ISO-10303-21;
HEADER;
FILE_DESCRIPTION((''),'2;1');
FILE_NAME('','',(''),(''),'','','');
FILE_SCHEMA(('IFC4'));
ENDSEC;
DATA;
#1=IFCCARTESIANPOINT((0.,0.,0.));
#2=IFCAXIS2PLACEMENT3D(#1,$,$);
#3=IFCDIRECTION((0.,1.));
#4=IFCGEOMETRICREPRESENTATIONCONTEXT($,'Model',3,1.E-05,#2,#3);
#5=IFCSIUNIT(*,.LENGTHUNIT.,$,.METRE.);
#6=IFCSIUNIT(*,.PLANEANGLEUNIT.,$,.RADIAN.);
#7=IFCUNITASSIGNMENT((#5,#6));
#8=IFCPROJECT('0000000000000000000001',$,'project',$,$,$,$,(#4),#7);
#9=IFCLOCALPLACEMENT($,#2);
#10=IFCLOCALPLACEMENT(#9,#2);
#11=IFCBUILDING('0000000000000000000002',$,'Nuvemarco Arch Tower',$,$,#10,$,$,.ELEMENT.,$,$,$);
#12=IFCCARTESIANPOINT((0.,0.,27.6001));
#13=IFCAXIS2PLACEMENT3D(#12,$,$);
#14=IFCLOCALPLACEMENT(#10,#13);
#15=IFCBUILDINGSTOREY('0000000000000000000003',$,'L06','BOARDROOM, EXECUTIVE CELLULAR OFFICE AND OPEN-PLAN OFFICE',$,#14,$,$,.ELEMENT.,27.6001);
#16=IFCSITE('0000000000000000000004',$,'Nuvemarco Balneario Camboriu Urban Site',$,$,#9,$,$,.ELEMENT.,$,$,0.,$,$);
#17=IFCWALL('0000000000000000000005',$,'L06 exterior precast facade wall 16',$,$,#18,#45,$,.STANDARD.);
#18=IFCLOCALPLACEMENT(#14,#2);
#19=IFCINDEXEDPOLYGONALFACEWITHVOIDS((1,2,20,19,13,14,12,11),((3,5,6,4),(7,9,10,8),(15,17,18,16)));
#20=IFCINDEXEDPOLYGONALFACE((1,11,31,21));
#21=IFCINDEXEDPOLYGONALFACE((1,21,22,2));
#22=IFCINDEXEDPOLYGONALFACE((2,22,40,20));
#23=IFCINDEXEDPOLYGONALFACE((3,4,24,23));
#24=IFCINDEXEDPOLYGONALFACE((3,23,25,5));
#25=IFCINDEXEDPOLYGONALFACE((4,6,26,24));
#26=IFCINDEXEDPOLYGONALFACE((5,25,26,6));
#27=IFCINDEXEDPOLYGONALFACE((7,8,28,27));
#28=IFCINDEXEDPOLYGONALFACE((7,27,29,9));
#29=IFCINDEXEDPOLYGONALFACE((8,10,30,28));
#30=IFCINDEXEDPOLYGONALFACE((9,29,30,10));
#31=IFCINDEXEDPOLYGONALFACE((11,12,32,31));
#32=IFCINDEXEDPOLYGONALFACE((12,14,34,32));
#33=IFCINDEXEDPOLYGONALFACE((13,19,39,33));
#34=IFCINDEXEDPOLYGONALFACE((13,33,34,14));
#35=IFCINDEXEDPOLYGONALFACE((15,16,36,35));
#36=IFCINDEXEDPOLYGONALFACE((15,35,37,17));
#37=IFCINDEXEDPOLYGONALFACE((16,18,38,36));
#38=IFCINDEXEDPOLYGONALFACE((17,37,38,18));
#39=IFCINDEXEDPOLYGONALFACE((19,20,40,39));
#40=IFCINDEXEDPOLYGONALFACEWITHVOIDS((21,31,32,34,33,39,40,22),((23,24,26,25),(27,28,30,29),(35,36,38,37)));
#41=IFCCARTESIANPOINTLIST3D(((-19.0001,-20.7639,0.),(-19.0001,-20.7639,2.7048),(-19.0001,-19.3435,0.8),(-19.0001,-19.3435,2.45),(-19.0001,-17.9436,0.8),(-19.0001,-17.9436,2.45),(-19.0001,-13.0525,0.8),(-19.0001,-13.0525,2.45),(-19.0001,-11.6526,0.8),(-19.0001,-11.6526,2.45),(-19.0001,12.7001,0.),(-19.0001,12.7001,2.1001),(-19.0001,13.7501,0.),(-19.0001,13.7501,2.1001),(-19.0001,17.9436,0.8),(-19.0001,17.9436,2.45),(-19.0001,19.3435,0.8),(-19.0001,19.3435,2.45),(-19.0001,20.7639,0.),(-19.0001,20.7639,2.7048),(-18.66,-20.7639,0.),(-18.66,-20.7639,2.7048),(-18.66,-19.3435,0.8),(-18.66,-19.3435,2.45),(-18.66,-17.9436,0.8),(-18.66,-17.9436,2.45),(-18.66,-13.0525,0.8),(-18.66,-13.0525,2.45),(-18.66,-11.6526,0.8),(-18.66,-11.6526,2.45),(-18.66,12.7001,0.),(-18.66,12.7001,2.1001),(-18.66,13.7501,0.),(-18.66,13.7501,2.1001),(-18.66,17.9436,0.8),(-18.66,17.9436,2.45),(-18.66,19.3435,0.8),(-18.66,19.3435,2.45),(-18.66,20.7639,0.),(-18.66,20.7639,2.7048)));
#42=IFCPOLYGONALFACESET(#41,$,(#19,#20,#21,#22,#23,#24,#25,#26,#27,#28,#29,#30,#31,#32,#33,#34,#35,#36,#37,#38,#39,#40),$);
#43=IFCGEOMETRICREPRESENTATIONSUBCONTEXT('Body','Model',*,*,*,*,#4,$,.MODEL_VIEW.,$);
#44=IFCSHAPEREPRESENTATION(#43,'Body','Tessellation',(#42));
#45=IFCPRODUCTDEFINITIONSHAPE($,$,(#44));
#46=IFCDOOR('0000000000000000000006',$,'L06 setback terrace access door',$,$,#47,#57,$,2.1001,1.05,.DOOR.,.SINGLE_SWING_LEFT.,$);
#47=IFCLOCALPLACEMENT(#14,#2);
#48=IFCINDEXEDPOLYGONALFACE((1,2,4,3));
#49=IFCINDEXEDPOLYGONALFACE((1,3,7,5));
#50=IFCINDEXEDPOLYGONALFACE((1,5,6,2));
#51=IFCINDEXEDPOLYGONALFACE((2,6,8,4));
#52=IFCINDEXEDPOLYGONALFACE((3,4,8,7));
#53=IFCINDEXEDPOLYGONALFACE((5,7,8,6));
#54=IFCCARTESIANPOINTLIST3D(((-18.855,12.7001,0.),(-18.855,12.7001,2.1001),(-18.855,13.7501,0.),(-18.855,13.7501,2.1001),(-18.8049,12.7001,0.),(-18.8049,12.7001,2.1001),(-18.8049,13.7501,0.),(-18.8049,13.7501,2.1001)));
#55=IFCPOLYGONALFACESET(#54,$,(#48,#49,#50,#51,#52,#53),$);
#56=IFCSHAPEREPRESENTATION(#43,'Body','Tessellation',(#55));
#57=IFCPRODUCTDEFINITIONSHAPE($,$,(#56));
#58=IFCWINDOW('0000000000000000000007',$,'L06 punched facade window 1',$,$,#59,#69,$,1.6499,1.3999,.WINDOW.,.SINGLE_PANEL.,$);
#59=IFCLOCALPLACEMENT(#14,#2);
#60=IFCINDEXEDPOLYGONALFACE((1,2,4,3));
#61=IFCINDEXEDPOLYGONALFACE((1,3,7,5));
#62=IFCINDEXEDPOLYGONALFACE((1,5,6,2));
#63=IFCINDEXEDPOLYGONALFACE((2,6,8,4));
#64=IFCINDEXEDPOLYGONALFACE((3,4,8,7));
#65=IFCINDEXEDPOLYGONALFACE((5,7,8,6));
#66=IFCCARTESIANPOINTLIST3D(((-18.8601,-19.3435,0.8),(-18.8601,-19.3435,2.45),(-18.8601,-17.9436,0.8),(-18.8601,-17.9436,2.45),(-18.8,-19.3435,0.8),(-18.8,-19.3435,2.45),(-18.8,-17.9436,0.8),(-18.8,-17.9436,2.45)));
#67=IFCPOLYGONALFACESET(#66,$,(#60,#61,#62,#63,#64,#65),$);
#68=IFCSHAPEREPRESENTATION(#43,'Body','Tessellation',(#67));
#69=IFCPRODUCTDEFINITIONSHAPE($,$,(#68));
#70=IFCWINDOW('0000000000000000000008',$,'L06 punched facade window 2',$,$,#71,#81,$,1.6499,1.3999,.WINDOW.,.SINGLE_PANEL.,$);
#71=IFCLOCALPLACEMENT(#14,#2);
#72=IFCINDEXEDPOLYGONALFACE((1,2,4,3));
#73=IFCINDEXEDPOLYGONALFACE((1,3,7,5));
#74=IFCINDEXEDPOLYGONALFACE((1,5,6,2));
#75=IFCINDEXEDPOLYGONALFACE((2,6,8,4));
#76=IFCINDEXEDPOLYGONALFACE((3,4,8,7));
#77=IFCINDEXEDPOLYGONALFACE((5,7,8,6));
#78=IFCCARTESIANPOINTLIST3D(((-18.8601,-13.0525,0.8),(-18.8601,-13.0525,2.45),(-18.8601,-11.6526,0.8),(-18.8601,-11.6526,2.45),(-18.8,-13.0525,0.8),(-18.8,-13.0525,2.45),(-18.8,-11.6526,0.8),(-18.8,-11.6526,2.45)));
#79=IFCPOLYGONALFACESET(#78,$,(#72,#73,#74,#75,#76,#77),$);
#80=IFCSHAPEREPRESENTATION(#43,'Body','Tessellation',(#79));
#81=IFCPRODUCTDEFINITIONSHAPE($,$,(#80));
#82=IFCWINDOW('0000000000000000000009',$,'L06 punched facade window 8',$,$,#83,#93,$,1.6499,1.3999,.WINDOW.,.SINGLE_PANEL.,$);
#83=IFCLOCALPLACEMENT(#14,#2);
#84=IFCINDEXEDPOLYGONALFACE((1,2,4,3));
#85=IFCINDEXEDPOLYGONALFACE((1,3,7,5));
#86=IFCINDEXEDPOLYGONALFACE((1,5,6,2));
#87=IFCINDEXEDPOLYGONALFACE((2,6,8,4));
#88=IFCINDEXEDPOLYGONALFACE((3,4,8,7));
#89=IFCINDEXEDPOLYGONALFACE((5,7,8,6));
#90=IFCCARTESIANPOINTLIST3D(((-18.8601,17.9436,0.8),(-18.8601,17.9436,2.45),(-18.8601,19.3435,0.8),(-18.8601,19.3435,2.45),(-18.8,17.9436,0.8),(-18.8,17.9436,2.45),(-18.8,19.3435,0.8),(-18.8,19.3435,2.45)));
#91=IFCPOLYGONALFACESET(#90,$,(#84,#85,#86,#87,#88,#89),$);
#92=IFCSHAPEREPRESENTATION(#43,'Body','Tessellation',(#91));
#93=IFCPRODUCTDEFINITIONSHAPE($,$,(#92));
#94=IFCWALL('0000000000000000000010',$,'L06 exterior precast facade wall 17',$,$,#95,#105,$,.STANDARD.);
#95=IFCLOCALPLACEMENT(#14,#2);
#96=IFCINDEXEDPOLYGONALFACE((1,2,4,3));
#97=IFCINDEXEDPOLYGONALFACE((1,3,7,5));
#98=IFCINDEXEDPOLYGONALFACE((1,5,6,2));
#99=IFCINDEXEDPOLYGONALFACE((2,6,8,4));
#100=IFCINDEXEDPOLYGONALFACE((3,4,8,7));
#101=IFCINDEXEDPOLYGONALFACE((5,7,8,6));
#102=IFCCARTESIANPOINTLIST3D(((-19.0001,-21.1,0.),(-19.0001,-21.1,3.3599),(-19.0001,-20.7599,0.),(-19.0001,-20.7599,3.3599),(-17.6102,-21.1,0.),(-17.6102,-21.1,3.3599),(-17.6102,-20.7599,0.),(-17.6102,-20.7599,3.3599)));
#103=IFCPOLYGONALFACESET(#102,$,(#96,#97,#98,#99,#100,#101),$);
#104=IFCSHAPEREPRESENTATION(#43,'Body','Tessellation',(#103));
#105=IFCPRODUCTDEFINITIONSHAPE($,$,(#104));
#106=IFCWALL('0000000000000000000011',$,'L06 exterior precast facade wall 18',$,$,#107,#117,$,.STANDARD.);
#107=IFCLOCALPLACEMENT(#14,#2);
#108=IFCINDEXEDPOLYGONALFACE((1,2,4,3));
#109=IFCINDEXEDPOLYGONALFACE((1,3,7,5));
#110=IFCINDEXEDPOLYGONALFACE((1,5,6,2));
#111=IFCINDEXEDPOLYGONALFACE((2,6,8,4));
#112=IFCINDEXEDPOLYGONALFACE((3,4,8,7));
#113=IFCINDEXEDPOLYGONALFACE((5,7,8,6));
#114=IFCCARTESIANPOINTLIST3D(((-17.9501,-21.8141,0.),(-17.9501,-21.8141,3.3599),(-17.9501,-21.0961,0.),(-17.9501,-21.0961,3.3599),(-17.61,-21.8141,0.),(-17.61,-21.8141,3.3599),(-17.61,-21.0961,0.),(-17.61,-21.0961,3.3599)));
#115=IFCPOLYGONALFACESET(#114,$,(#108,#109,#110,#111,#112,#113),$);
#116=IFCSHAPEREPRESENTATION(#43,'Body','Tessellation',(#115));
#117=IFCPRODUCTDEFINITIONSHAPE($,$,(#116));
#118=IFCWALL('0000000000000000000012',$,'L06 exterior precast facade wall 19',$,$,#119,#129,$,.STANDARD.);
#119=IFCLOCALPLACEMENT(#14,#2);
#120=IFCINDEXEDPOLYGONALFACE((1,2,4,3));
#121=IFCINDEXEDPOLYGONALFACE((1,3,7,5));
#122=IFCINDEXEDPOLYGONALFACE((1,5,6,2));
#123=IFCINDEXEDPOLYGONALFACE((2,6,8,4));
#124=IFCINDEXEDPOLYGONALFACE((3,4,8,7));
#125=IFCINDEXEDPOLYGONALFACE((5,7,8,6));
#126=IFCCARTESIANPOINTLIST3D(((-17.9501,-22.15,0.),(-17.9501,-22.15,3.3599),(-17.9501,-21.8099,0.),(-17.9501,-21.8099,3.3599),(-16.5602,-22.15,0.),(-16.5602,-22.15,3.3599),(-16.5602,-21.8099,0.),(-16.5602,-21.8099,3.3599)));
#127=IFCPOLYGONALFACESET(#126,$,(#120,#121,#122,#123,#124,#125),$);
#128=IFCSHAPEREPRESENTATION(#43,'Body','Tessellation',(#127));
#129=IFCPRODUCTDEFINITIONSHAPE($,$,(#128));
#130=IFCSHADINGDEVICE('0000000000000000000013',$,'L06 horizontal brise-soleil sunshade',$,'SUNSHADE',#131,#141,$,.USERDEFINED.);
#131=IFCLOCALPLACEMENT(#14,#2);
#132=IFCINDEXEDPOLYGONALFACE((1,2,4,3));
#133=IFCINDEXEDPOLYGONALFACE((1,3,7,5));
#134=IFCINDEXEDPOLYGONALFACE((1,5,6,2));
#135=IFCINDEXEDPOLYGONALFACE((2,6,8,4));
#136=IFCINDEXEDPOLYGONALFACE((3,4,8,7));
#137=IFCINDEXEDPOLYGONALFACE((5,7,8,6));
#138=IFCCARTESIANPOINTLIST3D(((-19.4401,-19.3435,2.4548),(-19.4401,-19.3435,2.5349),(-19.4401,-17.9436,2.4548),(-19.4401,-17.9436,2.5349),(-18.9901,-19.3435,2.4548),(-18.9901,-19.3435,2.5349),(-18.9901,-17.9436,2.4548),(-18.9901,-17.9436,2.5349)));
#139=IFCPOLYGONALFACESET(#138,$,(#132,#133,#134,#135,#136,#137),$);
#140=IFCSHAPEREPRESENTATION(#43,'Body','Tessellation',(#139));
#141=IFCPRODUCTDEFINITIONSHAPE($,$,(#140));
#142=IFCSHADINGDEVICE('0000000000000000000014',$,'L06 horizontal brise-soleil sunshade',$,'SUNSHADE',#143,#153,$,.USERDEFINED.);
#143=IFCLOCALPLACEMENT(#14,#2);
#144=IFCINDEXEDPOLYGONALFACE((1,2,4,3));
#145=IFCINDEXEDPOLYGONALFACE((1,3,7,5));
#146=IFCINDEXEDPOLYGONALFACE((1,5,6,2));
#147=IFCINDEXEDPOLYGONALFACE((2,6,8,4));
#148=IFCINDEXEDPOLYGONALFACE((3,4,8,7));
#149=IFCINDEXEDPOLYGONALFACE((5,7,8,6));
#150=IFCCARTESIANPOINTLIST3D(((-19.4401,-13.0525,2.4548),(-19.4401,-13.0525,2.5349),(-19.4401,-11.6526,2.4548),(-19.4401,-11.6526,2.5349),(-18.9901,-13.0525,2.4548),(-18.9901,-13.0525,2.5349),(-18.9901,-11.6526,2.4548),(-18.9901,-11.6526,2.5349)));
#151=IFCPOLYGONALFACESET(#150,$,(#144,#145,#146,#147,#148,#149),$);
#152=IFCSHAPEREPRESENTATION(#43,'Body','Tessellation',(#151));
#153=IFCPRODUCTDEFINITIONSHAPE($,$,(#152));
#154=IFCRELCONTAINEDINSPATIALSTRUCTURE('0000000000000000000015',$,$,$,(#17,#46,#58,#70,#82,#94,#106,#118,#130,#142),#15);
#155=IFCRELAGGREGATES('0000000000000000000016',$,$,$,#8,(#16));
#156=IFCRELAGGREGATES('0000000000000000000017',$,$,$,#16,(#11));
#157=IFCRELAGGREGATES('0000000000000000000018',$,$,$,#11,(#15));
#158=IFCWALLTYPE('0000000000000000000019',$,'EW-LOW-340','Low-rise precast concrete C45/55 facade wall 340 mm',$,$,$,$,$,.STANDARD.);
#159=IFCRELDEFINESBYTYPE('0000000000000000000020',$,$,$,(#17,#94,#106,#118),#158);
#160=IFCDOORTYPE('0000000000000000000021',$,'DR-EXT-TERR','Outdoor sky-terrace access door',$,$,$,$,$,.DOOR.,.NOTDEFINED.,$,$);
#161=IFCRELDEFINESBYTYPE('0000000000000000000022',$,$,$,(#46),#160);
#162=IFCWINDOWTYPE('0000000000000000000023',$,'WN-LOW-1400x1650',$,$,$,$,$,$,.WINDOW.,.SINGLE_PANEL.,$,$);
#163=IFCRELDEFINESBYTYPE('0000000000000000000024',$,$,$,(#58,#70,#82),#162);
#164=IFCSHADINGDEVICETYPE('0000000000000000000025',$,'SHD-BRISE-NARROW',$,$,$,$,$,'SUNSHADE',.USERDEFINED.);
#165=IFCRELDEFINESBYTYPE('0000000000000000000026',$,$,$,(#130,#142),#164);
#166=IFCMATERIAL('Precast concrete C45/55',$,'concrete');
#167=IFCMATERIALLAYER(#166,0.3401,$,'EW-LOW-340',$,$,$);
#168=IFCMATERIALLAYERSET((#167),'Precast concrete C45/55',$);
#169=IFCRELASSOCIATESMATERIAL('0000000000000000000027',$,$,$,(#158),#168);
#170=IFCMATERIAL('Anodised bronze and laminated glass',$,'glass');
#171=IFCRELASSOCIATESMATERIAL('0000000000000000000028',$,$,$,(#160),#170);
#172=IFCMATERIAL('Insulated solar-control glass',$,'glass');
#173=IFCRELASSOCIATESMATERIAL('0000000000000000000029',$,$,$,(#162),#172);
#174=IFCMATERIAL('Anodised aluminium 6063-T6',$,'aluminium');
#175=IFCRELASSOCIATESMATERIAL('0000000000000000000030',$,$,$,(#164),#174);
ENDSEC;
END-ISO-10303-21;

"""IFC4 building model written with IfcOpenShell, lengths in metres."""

from ifc_helpers import new_model, si_unit, direction, frame, frame_2d, origin, origin_2d, place, context, subcontext, project, spatial, rectangle, extrude, source, transform, mapped, material, layer, layer_set, type_object, type_shapes, element, fill, save


model = new_model("IFC4")

# Units and contexts
model_context = context("Model", 3, precision=1e-05, world=origin(), true_north=direction((0.0, 1.0)))
body_context = subcontext(model_context, "Body", "Model", "MODEL_VIEW")
ifc_project = project(units=[si_unit("LENGTHUNIT", "METRE"), si_unit("PLANEANGLEUNIT", "RADIAN")], contexts=[model_context])

# Site, building, storey
site_placement = place(None, origin())
site = spatial("IfcSite", under=ifc_project, at=site_placement, Name="Nuvemarco Balneario Camboriu Urban Site", CompositionType="ELEMENT", RefElevation=0.0)
building_placement = place(site_placement, origin())
building = spatial("IfcBuilding", under=site, at=building_placement, Name="Nuvemarco Arch Tower", CompositionType="ELEMENT")
storey_placement = place(building_placement, frame((0.0, 0.0, 27.6001)))
storey = spatial("IfcBuildingStorey", under=building, at=storey_placement, Name="L06", Description="BOARDROOM, EXECUTIVE CELLULAR OFFICE AND OPEN-PLAN OFFICE", CompositionType="ELEMENT", Elevation=27.6001)

# Shared definitions
ifc_material_1 = material(Name="Precast concrete C45/55", Category="concrete")

# Wall, openings, door, windows
ifc_layer = layer(ifc_material_1, 0.3401, Name="EW-LOW-340")
ifc_layer_set = layer_set([ifc_layer], Name="Precast concrete C45/55")
wall_type = type_object("IfcWallType", Name="EW-LOW-340", Description="Low-rise precast concrete C45/55 facade wall 340 mm", PredefinedType="STANDARD", material=ifc_layer_set)
wall_1_placement = place(storey_placement, frame((-18.8301, -20.7639, 0.0), z_axis=(0.0, 0.0, 1.0), x_axis=(0.0, 1.0, 0.0)))
wall_1 = element("IfcWall", 1, at=wall_1_placement, inside=storey, type_object=wall_type, Name="L06 exterior precast facade wall 16", PredefinedType="STANDARD", context=body_context, shape_type="SweptSolid", body=[
    extrude(rectangle(XDim=41.5278, YDim=0.3401, at=frame_2d((20.7639, 0.0))), origin(), (0.0, 0.0, 1.0), 2.7048),
])
opening_1_placement = place(wall_1_placement, frame((33.4641, 0.0, 0.0)))
opening_1 = element("IfcOpeningElement", 2, at=opening_1_placement, cuts=wall_1, PredefinedType="OPENING", context=body_context, shape_type="SweptSolid", body=[
    extrude(rectangle(XDim=1.05, YDim=2.1001, at=frame_2d((0.5249, 1.05))), frame((0.0, 0.1799, 0.0), z_axis=(0.0, -1.0, 0.0), x_axis=(1.0, 0.0, 0.0)), (0.0, 0.0, 1.0), 0.3601),
])
opening_2_placement = place(wall_1_placement, frame((1.4204, 0.0, 0.8)))
opening_2 = element("IfcOpeningElement", 3, at=opening_2_placement, cuts=wall_1, PredefinedType="OPENING", context=body_context, shape_type="SweptSolid", body=[
    extrude(rectangle(XDim=1.3999, YDim=1.6499, at=frame_2d((0.7, 0.825))), frame((0.0, 0.1799, 0.0), z_axis=(0.0, -1.0, 0.0), x_axis=(1.0, 0.0, 0.0)), (0.0, 0.0, 1.0), 0.3601),
])
opening_3_placement = place(wall_1_placement, frame((7.7114, 0.0, 0.8)))
opening_3 = element("IfcOpeningElement", 4, at=opening_3_placement, cuts=wall_1, PredefinedType="OPENING", context=body_context, shape_type="SweptSolid", body=[
    extrude(rectangle(XDim=1.3999, YDim=1.6499, at=frame_2d((0.7, 0.825))), frame((0.0, 0.1799, 0.0), z_axis=(0.0, -1.0, 0.0), x_axis=(1.0, 0.0, 0.0)), (0.0, 0.0, 1.0), 0.3601),
])
opening_4_placement = place(wall_1_placement, frame((38.7075, 0.0, 0.8)))
opening_4 = element("IfcOpeningElement", 5, at=opening_4_placement, cuts=wall_1, PredefinedType="OPENING", context=body_context, shape_type="SweptSolid", body=[
    extrude(rectangle(XDim=1.3999, YDim=1.6499, at=frame_2d((0.7, 0.825))), frame((0.0, 0.1799, 0.0), z_axis=(0.0, -1.0, 0.0), x_axis=(1.0, 0.0, 0.0)), (0.0, 0.0, 1.0), 0.3601),
])
ifc_material_2 = material(Name="Anodised bronze and laminated glass", Category="glass")
door_type = type_object("IfcDoorType", Name="DR-EXT-TERR", Description="Outdoor sky-terrace access door", OperationType="NOTDEFINED", PredefinedType="DOOR", material=ifc_material_2)
shared_shape_1 = source(origin(), body_context, "Body", "SweptSolid", [
    extrude(rectangle(XDim=1.05, YDim=2.1001, at=frame_2d((0.5249, 1.05))), frame((0.0, 0.0249, 0.0), z_axis=(0.0, -1.0, 0.0), x_axis=(1.0, 0.0, 0.0)), (0.0, 0.0, 1.0), 0.05),
])
type_shapes(door_type, [shared_shape_1])
door_placement = place(opening_1_placement, origin())
door = element("IfcDoor", 6, at=door_placement, inside=storey, type_object=door_type, Name="L06 setback terrace access door", OperationType="SINGLE_SWING_LEFT", OverallHeight=2.1001, OverallWidth=1.05, PredefinedType="DOOR", context=body_context, shape_type="MappedRepresentation", body=[
    mapped(shared_shape_1, transform((0.0, 0.0, 0.0), scale=1.0)),
])
fill(opening_1, door)
ifc_material_3 = material(Name="Insulated solar-control glass", Category="glass")
window_type = type_object("IfcWindowType", Name="WN-LOW-1400x1650", PartitioningType="SINGLE_PANEL", PredefinedType="WINDOW", material=ifc_material_3)
shared_shape_2 = source(origin(), body_context, "Body", "SweptSolid", [
    extrude(rectangle(XDim=1.3999, YDim=1.6499, at=frame_2d((0.7, 0.825))), frame((0.0, 0.03, 0.0), z_axis=(0.0, -1.0, 0.0), x_axis=(1.0, 0.0, 0.0)), (0.0, 0.0, 1.0), 0.0601),
])
type_shapes(window_type, [shared_shape_2])
window_1_placement = place(opening_2_placement, origin())
window_1 = element("IfcWindow", 7, at=window_1_placement, inside=storey, type_object=window_type, Name="L06 punched facade window 1", OverallHeight=1.6499, OverallWidth=1.3999, PartitioningType="SINGLE_PANEL", PredefinedType="WINDOW", context=body_context, shape_type="MappedRepresentation", body=[
    mapped(shared_shape_2, transform((0.0, 0.0, 0.0), scale=1.0)),
])
fill(opening_2, window_1)
window_2_placement = place(opening_3_placement, origin())
window_2 = element("IfcWindow", 8, at=window_2_placement, inside=storey, type_object=window_type, Name="L06 punched facade window 2", OverallHeight=1.6499, OverallWidth=1.3999, PartitioningType="SINGLE_PANEL", PredefinedType="WINDOW", context=body_context, shape_type="MappedRepresentation", body=[
    mapped(shared_shape_2, transform((0.0, 0.0, 0.0), scale=1.0)),
])
fill(opening_3, window_2)
window_3_placement = place(opening_4_placement, origin())
window_3 = element("IfcWindow", 9, at=window_3_placement, inside=storey, type_object=window_type, Name="L06 punched facade window 8", OverallHeight=1.6499, OverallWidth=1.3999, PartitioningType="SINGLE_PANEL", PredefinedType="WINDOW", context=body_context, shape_type="MappedRepresentation", body=[
    mapped(shared_shape_2, transform((0.0, 0.0, 0.0), scale=1.0)),
])
fill(opening_4, window_3)

# Walls
wall_2_placement = place(storey_placement, frame((-19.0, -20.9299, 0.0), z_axis=(0.0, 0.0, 1.0), x_axis=(1.0, 0.0, 0.0)))
element("IfcWall", 10, at=wall_2_placement, inside=storey, type_object=wall_type, Name="L06 exterior precast facade wall 17", PredefinedType="STANDARD", context=body_context, shape_type="SweptSolid", body=[
    extrude(rectangle(XDim=1.3899, YDim=0.3401, at=frame_2d((0.6948, 0.0))), origin(), (0.0, 0.0, 1.0), 3.3599),
])
wall_3_placement = place(storey_placement, frame((-17.78, -21.814, 0.0), z_axis=(0.0, 0.0, 1.0), x_axis=(0.0, 1.0, 0.0)))
element("IfcWall", 11, at=wall_3_placement, inside=storey, type_object=wall_type, Name="L06 exterior precast facade wall 18", PredefinedType="STANDARD", context=body_context, shape_type="SweptSolid", body=[
    extrude(rectangle(XDim=0.718, YDim=0.3401, at=frame_2d((0.3589, 0.0))), origin(), (0.0, 0.0, 1.0), 3.3599),
])
wall_4_placement = place(storey_placement, frame((-17.95, -21.98, 0.0), z_axis=(0.0, 0.0, 1.0), x_axis=(1.0, 0.0, 0.0)))
element("IfcWall", 12, at=wall_4_placement, inside=storey, type_object=wall_type, Name="L06 exterior precast facade wall 19", PredefinedType="STANDARD", context=body_context, shape_type="SweptSolid", body=[
    extrude(rectangle(XDim=1.3899, YDim=0.3401, at=frame_2d((0.6948, 0.0))), origin(), (0.0, 0.0, 1.0), 3.3599),
])

# Shading devices
ifc_material_4 = material(Name="Anodised aluminium 6063-T6", Category="aluminium")
shading_device_type = type_object("IfcShadingDeviceType", Name="SHD-BRISE-NARROW", ElementType="SUNSHADE", PredefinedType="USERDEFINED", material=ifc_material_4)
shared_shape_3 = source(origin(), body_context, "Body", "SweptSolid", [
    extrude(rectangle(XDim=1.3999, YDim=0.45, at=origin_2d()), origin(), (0.0, 0.0, 1.0), 0.0801),
])
type_shapes(shading_device_type, [shared_shape_3])
for number, where, z_axis, x_axis, name in (
    (13, (-19.2151, -18.6436, 2.4548), (0.0, 0.0, 1.0), (0.0, 1.0, 0.0), "L06 horizontal brise-soleil sunshade"),
    (14, (-19.2151, -12.3525, 2.4548), (0.0, 0.0, 1.0), (0.0, 1.0, 0.0), "L06 horizontal brise-soleil sunshade"),
):
    element("IfcShadingDevice", number, at=place(storey_placement, frame(where, z_axis=z_axis, x_axis=x_axis)), inside=storey, type_object=shading_device_type, Name=name, ObjectType="SUNSHADE", PredefinedType="USERDEFINED", context=body_context, shape_type="MappedRepresentation", body=[
        mapped(shared_shape_3, transform((0.0, 0.0, 0.0), scale=1.0)),
    ])

save(model, "model.ifc")
